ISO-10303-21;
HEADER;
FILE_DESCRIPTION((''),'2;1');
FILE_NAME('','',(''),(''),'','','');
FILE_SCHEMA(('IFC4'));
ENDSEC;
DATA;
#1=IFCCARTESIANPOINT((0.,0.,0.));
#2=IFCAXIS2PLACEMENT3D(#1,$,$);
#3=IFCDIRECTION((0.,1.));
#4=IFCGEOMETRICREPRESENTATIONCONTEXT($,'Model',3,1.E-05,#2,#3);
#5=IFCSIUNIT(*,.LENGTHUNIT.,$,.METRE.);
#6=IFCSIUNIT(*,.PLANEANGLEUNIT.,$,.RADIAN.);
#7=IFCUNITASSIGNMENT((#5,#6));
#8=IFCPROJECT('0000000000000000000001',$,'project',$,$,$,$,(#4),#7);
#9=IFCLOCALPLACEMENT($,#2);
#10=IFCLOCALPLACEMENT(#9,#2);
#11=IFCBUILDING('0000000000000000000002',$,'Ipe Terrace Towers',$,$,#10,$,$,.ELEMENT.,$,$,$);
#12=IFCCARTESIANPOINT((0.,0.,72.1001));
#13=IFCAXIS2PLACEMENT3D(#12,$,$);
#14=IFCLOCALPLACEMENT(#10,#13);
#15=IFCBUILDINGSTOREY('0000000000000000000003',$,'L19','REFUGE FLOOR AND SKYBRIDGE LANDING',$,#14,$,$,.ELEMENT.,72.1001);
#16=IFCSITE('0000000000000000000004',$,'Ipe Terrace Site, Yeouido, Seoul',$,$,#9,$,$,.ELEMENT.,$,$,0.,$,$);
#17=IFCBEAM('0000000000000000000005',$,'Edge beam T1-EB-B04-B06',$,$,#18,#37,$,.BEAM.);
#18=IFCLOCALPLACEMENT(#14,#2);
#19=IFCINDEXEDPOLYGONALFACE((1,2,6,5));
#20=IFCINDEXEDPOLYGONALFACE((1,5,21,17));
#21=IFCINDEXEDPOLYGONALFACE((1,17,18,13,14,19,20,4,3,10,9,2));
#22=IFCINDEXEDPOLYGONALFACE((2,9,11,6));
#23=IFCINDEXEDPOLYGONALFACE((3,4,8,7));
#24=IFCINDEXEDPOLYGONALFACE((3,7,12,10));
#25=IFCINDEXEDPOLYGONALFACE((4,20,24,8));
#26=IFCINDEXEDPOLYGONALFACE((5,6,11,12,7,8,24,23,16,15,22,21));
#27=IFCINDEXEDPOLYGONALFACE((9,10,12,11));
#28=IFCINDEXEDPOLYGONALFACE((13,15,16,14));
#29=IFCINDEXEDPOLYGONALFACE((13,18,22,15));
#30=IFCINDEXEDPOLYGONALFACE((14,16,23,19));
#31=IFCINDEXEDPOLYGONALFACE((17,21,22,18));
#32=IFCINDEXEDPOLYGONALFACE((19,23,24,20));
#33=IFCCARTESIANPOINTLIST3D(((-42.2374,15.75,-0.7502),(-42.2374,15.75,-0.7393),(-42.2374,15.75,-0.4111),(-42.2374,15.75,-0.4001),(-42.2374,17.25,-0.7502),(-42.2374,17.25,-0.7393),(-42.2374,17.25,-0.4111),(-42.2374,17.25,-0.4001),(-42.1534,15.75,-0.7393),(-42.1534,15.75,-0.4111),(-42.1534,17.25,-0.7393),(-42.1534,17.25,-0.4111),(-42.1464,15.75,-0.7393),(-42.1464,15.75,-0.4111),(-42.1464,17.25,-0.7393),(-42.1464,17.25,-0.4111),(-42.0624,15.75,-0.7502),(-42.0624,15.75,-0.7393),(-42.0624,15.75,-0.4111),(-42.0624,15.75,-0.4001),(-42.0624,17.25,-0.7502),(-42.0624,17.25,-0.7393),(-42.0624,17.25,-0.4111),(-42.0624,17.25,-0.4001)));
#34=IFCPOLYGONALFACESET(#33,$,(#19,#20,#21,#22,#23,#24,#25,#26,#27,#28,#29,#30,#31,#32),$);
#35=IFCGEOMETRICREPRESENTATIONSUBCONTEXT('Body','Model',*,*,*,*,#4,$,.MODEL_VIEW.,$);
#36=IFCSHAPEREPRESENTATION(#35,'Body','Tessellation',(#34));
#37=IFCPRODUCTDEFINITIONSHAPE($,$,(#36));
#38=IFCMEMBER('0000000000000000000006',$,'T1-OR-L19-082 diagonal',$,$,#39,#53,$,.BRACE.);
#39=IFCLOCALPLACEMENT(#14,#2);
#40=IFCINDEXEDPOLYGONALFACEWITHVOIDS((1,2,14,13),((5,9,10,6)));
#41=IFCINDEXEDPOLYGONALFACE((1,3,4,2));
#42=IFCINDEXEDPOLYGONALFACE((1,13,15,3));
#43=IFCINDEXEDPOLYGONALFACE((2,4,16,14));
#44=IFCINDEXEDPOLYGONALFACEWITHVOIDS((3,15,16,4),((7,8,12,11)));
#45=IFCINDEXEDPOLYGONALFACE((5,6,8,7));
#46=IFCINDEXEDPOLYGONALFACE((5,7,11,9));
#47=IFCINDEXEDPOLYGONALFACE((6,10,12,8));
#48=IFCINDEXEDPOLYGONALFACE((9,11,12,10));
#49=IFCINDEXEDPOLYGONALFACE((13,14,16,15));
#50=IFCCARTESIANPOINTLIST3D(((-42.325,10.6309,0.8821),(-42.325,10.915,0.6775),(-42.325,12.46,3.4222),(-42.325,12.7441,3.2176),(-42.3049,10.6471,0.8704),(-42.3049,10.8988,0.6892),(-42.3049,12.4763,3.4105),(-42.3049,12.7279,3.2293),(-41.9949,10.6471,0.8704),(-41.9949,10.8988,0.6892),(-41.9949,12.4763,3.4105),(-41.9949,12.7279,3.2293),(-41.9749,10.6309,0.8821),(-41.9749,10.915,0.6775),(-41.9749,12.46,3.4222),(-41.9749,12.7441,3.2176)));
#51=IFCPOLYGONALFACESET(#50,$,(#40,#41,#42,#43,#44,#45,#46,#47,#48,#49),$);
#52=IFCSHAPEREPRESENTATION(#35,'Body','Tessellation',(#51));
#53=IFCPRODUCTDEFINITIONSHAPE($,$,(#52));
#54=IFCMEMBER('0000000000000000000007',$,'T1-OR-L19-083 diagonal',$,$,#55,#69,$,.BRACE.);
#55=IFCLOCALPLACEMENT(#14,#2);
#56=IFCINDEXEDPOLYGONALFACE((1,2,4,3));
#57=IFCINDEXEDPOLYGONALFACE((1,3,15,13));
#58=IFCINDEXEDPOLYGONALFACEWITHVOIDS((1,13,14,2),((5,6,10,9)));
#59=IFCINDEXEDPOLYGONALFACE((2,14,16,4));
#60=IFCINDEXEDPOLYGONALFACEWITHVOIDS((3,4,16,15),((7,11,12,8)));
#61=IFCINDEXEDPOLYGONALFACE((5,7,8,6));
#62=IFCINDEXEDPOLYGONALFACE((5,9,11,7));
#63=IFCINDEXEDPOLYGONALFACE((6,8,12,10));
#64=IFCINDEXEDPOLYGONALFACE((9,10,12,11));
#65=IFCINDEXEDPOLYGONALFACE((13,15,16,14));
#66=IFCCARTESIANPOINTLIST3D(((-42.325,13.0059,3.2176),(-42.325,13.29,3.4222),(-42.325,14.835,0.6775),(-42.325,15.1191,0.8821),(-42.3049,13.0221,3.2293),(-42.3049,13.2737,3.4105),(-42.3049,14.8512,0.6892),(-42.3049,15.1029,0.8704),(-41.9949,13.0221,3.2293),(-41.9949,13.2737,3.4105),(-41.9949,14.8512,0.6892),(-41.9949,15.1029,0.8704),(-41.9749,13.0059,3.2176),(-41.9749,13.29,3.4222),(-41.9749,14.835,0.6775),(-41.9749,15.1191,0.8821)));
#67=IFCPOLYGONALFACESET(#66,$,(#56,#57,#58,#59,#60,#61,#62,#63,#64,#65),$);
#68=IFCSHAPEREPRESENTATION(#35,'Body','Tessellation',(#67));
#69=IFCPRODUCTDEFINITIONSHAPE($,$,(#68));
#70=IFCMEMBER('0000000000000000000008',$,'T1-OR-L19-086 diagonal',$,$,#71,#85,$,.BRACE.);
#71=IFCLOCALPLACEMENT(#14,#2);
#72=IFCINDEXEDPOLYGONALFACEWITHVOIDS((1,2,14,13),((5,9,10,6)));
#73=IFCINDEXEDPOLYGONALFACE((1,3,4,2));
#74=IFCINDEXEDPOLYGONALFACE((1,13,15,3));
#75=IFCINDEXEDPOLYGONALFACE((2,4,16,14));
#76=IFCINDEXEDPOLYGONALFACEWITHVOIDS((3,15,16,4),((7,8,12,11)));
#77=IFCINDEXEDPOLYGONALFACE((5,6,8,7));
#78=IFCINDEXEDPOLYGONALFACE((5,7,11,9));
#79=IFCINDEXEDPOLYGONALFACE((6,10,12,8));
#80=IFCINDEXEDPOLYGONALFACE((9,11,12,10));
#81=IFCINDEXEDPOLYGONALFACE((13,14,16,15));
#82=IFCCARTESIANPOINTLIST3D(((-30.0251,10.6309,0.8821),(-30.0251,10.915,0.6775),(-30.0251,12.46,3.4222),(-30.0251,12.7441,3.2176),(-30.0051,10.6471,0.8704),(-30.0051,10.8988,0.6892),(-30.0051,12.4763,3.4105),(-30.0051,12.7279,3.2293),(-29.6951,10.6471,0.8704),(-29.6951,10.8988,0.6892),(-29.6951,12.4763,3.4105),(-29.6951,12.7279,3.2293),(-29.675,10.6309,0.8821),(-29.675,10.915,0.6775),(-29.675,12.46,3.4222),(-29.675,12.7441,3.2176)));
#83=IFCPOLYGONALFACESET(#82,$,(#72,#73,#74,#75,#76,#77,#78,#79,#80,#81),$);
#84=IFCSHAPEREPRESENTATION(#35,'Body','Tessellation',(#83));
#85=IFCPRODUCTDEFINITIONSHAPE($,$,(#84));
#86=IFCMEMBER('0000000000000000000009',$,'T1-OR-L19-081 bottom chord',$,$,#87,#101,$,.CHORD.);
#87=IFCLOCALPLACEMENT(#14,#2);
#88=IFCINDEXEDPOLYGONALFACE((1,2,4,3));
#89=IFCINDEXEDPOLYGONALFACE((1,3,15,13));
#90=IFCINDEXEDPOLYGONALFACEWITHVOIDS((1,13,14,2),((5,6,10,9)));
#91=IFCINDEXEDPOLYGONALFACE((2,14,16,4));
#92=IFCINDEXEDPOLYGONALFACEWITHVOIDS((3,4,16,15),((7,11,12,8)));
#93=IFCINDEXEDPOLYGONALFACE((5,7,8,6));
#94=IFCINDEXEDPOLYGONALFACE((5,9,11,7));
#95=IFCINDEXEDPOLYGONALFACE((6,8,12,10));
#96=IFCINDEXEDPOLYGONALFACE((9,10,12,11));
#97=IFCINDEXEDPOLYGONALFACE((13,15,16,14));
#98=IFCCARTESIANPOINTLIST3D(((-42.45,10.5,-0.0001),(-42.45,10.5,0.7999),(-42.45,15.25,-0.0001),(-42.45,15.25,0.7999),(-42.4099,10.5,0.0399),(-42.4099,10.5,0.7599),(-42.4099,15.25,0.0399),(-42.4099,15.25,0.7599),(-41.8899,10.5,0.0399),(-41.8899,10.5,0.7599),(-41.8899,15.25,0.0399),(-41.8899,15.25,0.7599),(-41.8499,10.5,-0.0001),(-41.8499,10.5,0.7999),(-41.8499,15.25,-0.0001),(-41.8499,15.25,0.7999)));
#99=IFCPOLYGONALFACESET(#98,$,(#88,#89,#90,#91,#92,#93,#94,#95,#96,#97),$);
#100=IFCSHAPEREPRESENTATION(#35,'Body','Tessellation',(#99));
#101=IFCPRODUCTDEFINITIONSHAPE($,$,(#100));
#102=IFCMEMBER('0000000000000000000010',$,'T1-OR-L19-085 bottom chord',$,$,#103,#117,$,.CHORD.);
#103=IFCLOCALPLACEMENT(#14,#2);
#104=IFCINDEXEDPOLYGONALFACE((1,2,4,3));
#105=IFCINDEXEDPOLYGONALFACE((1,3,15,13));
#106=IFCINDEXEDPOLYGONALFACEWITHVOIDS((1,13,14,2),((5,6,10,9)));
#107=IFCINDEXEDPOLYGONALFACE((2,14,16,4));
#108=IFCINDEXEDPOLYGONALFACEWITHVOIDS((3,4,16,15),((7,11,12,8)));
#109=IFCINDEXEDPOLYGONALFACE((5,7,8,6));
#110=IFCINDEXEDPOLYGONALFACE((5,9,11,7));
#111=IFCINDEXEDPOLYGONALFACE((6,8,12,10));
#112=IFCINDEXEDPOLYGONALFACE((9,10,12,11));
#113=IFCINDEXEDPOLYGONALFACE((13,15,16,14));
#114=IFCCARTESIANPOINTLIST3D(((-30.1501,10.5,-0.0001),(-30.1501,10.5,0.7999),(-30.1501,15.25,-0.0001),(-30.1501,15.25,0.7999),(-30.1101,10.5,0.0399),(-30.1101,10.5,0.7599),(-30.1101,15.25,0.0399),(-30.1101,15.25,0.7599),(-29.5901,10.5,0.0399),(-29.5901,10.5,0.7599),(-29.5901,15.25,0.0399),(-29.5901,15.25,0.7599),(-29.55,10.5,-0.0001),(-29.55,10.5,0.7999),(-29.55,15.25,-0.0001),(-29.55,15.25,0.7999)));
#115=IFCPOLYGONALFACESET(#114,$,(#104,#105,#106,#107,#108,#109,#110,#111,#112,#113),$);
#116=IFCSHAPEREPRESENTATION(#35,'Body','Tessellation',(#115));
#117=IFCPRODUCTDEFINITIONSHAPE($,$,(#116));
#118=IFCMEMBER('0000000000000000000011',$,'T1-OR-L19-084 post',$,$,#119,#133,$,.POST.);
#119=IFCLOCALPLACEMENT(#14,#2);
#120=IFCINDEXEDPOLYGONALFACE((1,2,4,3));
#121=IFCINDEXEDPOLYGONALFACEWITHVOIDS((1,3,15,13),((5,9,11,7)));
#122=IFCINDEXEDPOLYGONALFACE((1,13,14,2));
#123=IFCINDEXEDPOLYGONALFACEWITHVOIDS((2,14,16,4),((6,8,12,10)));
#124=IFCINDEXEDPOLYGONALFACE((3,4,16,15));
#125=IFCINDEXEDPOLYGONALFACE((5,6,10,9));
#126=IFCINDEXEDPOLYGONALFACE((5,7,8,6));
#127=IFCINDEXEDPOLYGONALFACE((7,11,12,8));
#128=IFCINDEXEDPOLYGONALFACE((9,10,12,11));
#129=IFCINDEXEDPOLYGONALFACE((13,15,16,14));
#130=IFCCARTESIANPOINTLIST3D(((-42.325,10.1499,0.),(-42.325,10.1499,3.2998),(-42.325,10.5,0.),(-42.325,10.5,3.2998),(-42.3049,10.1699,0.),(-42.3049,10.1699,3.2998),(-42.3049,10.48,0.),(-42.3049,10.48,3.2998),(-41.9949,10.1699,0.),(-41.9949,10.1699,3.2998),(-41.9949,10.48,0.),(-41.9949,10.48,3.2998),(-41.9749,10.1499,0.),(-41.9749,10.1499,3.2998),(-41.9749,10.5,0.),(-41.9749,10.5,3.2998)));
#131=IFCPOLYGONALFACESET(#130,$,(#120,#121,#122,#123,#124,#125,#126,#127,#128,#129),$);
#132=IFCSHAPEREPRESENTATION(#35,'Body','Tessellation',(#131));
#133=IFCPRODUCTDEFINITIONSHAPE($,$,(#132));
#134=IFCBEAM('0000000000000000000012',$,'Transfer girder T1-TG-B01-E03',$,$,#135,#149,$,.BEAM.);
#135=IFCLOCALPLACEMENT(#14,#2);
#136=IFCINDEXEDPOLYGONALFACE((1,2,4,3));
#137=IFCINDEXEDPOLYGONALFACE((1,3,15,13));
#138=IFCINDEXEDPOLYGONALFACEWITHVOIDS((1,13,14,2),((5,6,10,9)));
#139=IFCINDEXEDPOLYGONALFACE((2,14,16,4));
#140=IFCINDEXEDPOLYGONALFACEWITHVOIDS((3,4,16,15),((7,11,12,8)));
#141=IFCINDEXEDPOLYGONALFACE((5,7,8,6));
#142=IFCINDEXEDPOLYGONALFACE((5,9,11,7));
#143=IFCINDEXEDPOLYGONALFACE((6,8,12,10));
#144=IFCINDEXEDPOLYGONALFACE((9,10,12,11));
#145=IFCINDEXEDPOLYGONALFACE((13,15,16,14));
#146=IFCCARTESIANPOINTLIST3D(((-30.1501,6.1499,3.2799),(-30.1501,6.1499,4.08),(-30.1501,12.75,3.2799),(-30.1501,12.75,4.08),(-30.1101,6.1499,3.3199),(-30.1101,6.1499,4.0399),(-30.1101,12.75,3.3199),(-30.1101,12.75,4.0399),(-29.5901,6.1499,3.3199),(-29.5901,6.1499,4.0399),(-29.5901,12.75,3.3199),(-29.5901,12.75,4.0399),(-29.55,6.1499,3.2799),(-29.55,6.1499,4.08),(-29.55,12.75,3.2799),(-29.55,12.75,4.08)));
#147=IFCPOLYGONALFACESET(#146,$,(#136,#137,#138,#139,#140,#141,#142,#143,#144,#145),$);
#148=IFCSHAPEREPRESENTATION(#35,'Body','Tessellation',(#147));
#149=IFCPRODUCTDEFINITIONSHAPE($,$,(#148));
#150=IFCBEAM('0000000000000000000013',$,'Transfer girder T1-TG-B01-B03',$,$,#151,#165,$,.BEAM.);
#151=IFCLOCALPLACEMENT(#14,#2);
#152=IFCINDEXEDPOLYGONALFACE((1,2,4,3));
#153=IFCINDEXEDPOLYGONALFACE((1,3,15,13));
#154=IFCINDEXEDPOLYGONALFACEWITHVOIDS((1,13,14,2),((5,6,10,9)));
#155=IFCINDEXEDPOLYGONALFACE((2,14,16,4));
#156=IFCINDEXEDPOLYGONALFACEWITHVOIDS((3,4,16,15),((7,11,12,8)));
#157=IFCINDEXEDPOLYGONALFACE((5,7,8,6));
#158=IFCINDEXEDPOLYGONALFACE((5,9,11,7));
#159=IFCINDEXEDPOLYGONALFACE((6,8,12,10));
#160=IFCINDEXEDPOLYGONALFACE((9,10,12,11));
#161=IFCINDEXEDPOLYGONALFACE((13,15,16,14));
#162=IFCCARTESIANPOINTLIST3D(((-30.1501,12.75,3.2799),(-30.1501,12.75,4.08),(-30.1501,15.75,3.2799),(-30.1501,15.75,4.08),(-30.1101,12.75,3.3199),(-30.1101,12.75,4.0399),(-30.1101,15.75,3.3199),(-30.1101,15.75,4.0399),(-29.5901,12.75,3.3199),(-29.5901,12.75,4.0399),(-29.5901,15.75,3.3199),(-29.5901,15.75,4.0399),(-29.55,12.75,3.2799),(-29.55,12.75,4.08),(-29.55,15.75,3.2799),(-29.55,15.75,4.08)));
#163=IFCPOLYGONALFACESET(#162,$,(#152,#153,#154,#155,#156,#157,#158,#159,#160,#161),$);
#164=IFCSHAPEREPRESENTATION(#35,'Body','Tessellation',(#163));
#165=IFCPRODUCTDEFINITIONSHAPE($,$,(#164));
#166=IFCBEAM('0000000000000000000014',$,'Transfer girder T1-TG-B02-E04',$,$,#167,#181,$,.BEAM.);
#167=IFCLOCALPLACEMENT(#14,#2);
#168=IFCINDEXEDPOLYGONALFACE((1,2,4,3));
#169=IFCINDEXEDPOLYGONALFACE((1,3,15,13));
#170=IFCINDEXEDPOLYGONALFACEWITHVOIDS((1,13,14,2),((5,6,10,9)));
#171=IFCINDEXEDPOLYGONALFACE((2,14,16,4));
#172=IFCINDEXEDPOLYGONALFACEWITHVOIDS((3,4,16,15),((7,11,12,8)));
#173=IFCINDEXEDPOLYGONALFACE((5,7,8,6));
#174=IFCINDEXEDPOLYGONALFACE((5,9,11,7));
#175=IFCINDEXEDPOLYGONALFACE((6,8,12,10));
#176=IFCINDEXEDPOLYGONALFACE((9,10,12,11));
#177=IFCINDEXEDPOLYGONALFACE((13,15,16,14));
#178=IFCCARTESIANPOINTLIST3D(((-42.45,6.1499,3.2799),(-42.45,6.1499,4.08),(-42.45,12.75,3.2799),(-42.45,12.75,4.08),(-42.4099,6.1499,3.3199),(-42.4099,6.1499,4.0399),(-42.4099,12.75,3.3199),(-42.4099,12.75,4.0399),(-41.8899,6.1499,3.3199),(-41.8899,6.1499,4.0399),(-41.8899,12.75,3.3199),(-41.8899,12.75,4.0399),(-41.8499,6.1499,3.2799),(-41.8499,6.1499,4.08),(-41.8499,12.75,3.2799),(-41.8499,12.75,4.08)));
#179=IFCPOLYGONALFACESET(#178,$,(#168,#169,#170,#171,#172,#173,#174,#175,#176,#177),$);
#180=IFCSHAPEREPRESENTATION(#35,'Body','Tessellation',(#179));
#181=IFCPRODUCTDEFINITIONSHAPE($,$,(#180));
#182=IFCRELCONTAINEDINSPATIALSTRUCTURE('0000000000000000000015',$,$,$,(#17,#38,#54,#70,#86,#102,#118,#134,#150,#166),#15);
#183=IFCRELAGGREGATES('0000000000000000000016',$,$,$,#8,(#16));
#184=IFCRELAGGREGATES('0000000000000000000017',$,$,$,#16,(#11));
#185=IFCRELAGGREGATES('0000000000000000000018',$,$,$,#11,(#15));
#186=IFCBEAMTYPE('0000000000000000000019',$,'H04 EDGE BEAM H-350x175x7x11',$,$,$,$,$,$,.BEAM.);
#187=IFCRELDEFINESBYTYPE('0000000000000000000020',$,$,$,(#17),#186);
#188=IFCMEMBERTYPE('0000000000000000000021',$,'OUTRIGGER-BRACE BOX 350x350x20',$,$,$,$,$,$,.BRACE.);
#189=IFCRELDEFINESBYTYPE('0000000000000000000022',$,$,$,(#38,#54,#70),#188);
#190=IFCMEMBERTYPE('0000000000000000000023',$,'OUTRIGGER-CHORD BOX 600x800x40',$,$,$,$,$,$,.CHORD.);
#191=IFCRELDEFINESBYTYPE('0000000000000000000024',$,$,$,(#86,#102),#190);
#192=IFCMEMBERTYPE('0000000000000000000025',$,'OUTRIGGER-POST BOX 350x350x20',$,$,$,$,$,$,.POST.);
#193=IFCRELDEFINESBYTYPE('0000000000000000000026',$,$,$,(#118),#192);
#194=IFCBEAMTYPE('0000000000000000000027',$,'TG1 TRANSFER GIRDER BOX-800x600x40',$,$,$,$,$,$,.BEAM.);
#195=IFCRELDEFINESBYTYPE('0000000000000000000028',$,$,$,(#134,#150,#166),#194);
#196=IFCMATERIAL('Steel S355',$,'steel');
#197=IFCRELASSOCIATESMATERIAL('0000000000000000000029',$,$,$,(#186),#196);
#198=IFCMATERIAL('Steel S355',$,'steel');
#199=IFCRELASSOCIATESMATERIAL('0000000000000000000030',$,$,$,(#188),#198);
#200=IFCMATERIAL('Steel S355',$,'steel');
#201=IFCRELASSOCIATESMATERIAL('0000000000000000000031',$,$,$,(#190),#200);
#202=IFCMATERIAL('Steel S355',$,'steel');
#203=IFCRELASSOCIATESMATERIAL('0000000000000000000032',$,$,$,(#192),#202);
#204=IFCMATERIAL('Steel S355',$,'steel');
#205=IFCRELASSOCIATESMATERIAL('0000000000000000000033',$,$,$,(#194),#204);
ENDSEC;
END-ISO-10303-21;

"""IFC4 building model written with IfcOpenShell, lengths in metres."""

from ifc_helpers import new_model, si_unit, direction, frame, origin, origin_2d, place, context, subcontext, project, spatial, hollow_rectangle, i_section, extrude, material, material_profile, profile_set, type_object, element, save


model = new_model("IFC4")

# Units and contexts
model_context = context("Model", 3, precision=1e-05, world=origin(), true_north=direction((0.0, 1.0)))
body_context = subcontext(model_context, "Body", "Model", "MODEL_VIEW")
ifc_project = project(units=[si_unit("LENGTHUNIT", "METRE"), si_unit("PLANEANGLEUNIT", "RADIAN")], contexts=[model_context])

# Site, building, storey
site_placement = place(None, origin())
site = spatial("IfcSite", under=ifc_project, at=site_placement, Name="Ipe Terrace Site, Yeouido, Seoul", CompositionType="ELEMENT", RefElevation=0.0)
building_placement = place(site_placement, origin())
building = spatial("IfcBuilding", under=site, at=building_placement, Name="Ipe Terrace Towers", CompositionType="ELEMENT")
storey_placement = place(building_placement, frame((0.0, 0.0, 72.1001)))
storey = spatial("IfcBuildingStorey", under=building, at=storey_placement, Name="L19", Description="REFUGE FLOOR AND SKYBRIDGE LANDING", CompositionType="ELEMENT", Elevation=72.1001)

# Beam
ifc_material_1 = material(Name="Steel S355", Category="steel")
ifc_material_profile_1 = material_profile(ifc_material_1, i_section(OverallWidth=0.175, OverallDepth=0.3501, WebThickness=0.0071, FlangeThickness=0.011, at=origin_2d()), Name="H-350x175x7x11")
ifc_profile_set_1 = profile_set([ifc_material_profile_1], Name="Steel S355")
beam_type_1 = type_object("IfcBeamType", Name="H04 EDGE BEAM H-350x175x7x11", PredefinedType="BEAM", material=ifc_profile_set_1)
beam_1_placement = place(storey_placement, frame((-42.1499, 15.75, -0.5752), z_axis=(0.0, 1.0, 0.0), x_axis=(-1.0, 0.0, 0.0)))
element("IfcBeam", 1, at=beam_1_placement, inside=storey, type_object=beam_type_1, Name="Edge beam T1-EB-B04-B06", PredefinedType="BEAM", context=body_context, shape_type="SweptSolid", body=[
    extrude(i_section(OverallWidth=0.175, OverallDepth=0.3501, WebThickness=0.0071, FlangeThickness=0.011, at=origin_2d()), origin(), (0.0, 0.0, 1.0), 1.5),
])

# Members
ifc_material_2 = material(Name="Steel S355", Category="steel")
ifc_material_profile_2 = material_profile(ifc_material_2, hollow_rectangle(XDim=0.3501, YDim=0.3501, WallThickness=0.02, at=origin_2d()), Name="OUTRIGGER-BRACE BOX 350x350x20")
ifc_profile_set_2 = profile_set([ifc_material_profile_2], Name="Steel S355")
member_type_1 = type_object("IfcMemberType", Name="OUTRIGGER-BRACE BOX 350x350x20", PredefinedType="BRACE", material=ifc_profile_set_2)
for number, where, z_axis, x_axis, name in (
    (2, (-42.1499, 10.7729, 0.7798), (0.0, 0.584362, 0.811493), (-1.0, 0.0, 0.0), "T1-OR-L19-082 diagonal"),
    (3, (-42.1499, 14.9771, 0.7798), (0.0, -0.584362, 0.811493), (1.0, 0.0, 0.0), "T1-OR-L19-083 diagonal"),
    (4, (-29.8501, 10.7729, 0.7798), (0.0, 0.584362, 0.811493), (-1.0, 0.0, 0.0), "T1-OR-L19-086 diagonal"),
):
    element("IfcMember", number, at=place(storey_placement, frame(where, z_axis=z_axis, x_axis=x_axis)), inside=storey, type_object=member_type_1, Name=name, PredefinedType="BRACE", context=body_context, shape_type="SweptSolid", body=[
        extrude(hollow_rectangle(XDim=0.3501, YDim=0.3501, WallThickness=0.02, at=origin_2d()), origin(), (0.0, 0.0, 1.0), 3.1301),
    ])
ifc_material_3 = material(Name="Steel S355", Category="steel")
ifc_material_profile_3 = material_profile(ifc_material_3, hollow_rectangle(XDim=0.6001, YDim=0.8, WallThickness=0.04, at=origin_2d()), Name="OUTRIGGER-CHORD BOX 600x800x40")
ifc_profile_set_3 = profile_set([ifc_material_profile_3], Name="Steel S355")
member_type_2 = type_object("IfcMemberType", Name="OUTRIGGER-CHORD BOX 600x800x40", PredefinedType="CHORD", material=ifc_profile_set_3)
for number, where, z_axis, x_axis, name in (
    (5, (-42.1499, 10.5, 0.3999), (0.0, 1.0, 0.0), (-1.0, 0.0, 0.0), "T1-OR-L19-081 bottom chord"),
    (6, (-29.8501, 10.5, 0.3999), (0.0, 1.0, 0.0), (-1.0, 0.0, 0.0), "T1-OR-L19-085 bottom chord"),
):
    element("IfcMember", number, at=place(storey_placement, frame(where, z_axis=z_axis, x_axis=x_axis)), inside=storey, type_object=member_type_2, Name=name, PredefinedType="CHORD", context=body_context, shape_type="SweptSolid", body=[
        extrude(hollow_rectangle(XDim=0.6001, YDim=0.8, WallThickness=0.04, at=origin_2d()), origin(), (0.0, 0.0, 1.0), 4.75),
    ])
ifc_material_4 = material(Name="Steel S355", Category="steel")
ifc_material_profile_4 = material_profile(ifc_material_4, hollow_rectangle(XDim=0.3501, YDim=0.3501, WallThickness=0.02, at=origin_2d()), Name="OUTRIGGER-POST BOX 350x350x20")
ifc_profile_set_4 = profile_set([ifc_material_profile_4], Name="Steel S355")
member_type_3 = type_object("IfcMemberType", Name="OUTRIGGER-POST BOX 350x350x20", PredefinedType="POST", material=ifc_profile_set_4)
member_placement = place(storey_placement, frame((-42.1499, 10.325, 0.0), z_axis=(0.0, 0.0, 1.0), x_axis=(1.0, 0.0, 0.0)))
element("IfcMember", 7, at=member_placement, inside=storey, type_object=member_type_3, Name="T1-OR-L19-084 post", PredefinedType="POST", context=body_context, shape_type="SweptSolid", body=[
    extrude(hollow_rectangle(XDim=0.3501, YDim=0.3501, WallThickness=0.02, at=origin_2d()), origin(), (0.0, 0.0, 1.0), 3.2998),
])

# Beams
ifc_material_5 = material(Name="Steel S355", Category="steel")
ifc_material_profile_5 = material_profile(ifc_material_5, hollow_rectangle(XDim=0.6001, YDim=0.8, WallThickness=0.04, at=origin_2d()), Name="BOX-800x600x40")
ifc_profile_set_5 = profile_set([ifc_material_profile_5], Name="Steel S355")
beam_type_2 = type_object("IfcBeamType", Name="TG1 TRANSFER GIRDER BOX-800x600x40", PredefinedType="BEAM", material=ifc_profile_set_5)
beam_2_placement = place(storey_placement, frame((-29.8501, 6.1499, 3.6799), z_axis=(0.0, 1.0, 0.0), x_axis=(-1.0, 0.0, 0.0)))
element("IfcBeam", 8, at=beam_2_placement, inside=storey, type_object=beam_type_2, Name="Transfer girder T1-TG-B01-E03", PredefinedType="BEAM", context=body_context, shape_type="SweptSolid", body=[
    extrude(hollow_rectangle(XDim=0.6001, YDim=0.8, WallThickness=0.04, at=origin_2d()), origin(), (0.0, 0.0, 1.0), 6.6001),
])
beam_3_placement = place(storey_placement, frame((-29.8501, 12.75, 3.6799), z_axis=(0.0, 1.0, 0.0), x_axis=(-1.0, 0.0, 0.0)))
element("IfcBeam", 9, at=beam_3_placement, inside=storey, type_object=beam_type_2, Name="Transfer girder T1-TG-B01-B03", PredefinedType="BEAM", context=body_context, shape_type="SweptSolid", body=[
    extrude(hollow_rectangle(XDim=0.6001, YDim=0.8, WallThickness=0.04, at=origin_2d()), origin(), (0.0, 0.0, 1.0), 3.0),
])
beam_4_placement = place(storey_placement, frame((-42.1499, 6.1499, 3.6799), z_axis=(0.0, 1.0, 0.0), x_axis=(-1.0, 0.0, 0.0)))
element("IfcBeam", 10, at=beam_4_placement, inside=storey, type_object=beam_type_2, Name="Transfer girder T1-TG-B02-E04", PredefinedType="BEAM", context=body_context, shape_type="SweptSolid", body=[
    extrude(hollow_rectangle(XDim=0.6001, YDim=0.8, WallThickness=0.04, at=origin_2d()), origin(), (0.0, 0.0, 1.0), 6.6001),
])

save(model, "model.ifc")
